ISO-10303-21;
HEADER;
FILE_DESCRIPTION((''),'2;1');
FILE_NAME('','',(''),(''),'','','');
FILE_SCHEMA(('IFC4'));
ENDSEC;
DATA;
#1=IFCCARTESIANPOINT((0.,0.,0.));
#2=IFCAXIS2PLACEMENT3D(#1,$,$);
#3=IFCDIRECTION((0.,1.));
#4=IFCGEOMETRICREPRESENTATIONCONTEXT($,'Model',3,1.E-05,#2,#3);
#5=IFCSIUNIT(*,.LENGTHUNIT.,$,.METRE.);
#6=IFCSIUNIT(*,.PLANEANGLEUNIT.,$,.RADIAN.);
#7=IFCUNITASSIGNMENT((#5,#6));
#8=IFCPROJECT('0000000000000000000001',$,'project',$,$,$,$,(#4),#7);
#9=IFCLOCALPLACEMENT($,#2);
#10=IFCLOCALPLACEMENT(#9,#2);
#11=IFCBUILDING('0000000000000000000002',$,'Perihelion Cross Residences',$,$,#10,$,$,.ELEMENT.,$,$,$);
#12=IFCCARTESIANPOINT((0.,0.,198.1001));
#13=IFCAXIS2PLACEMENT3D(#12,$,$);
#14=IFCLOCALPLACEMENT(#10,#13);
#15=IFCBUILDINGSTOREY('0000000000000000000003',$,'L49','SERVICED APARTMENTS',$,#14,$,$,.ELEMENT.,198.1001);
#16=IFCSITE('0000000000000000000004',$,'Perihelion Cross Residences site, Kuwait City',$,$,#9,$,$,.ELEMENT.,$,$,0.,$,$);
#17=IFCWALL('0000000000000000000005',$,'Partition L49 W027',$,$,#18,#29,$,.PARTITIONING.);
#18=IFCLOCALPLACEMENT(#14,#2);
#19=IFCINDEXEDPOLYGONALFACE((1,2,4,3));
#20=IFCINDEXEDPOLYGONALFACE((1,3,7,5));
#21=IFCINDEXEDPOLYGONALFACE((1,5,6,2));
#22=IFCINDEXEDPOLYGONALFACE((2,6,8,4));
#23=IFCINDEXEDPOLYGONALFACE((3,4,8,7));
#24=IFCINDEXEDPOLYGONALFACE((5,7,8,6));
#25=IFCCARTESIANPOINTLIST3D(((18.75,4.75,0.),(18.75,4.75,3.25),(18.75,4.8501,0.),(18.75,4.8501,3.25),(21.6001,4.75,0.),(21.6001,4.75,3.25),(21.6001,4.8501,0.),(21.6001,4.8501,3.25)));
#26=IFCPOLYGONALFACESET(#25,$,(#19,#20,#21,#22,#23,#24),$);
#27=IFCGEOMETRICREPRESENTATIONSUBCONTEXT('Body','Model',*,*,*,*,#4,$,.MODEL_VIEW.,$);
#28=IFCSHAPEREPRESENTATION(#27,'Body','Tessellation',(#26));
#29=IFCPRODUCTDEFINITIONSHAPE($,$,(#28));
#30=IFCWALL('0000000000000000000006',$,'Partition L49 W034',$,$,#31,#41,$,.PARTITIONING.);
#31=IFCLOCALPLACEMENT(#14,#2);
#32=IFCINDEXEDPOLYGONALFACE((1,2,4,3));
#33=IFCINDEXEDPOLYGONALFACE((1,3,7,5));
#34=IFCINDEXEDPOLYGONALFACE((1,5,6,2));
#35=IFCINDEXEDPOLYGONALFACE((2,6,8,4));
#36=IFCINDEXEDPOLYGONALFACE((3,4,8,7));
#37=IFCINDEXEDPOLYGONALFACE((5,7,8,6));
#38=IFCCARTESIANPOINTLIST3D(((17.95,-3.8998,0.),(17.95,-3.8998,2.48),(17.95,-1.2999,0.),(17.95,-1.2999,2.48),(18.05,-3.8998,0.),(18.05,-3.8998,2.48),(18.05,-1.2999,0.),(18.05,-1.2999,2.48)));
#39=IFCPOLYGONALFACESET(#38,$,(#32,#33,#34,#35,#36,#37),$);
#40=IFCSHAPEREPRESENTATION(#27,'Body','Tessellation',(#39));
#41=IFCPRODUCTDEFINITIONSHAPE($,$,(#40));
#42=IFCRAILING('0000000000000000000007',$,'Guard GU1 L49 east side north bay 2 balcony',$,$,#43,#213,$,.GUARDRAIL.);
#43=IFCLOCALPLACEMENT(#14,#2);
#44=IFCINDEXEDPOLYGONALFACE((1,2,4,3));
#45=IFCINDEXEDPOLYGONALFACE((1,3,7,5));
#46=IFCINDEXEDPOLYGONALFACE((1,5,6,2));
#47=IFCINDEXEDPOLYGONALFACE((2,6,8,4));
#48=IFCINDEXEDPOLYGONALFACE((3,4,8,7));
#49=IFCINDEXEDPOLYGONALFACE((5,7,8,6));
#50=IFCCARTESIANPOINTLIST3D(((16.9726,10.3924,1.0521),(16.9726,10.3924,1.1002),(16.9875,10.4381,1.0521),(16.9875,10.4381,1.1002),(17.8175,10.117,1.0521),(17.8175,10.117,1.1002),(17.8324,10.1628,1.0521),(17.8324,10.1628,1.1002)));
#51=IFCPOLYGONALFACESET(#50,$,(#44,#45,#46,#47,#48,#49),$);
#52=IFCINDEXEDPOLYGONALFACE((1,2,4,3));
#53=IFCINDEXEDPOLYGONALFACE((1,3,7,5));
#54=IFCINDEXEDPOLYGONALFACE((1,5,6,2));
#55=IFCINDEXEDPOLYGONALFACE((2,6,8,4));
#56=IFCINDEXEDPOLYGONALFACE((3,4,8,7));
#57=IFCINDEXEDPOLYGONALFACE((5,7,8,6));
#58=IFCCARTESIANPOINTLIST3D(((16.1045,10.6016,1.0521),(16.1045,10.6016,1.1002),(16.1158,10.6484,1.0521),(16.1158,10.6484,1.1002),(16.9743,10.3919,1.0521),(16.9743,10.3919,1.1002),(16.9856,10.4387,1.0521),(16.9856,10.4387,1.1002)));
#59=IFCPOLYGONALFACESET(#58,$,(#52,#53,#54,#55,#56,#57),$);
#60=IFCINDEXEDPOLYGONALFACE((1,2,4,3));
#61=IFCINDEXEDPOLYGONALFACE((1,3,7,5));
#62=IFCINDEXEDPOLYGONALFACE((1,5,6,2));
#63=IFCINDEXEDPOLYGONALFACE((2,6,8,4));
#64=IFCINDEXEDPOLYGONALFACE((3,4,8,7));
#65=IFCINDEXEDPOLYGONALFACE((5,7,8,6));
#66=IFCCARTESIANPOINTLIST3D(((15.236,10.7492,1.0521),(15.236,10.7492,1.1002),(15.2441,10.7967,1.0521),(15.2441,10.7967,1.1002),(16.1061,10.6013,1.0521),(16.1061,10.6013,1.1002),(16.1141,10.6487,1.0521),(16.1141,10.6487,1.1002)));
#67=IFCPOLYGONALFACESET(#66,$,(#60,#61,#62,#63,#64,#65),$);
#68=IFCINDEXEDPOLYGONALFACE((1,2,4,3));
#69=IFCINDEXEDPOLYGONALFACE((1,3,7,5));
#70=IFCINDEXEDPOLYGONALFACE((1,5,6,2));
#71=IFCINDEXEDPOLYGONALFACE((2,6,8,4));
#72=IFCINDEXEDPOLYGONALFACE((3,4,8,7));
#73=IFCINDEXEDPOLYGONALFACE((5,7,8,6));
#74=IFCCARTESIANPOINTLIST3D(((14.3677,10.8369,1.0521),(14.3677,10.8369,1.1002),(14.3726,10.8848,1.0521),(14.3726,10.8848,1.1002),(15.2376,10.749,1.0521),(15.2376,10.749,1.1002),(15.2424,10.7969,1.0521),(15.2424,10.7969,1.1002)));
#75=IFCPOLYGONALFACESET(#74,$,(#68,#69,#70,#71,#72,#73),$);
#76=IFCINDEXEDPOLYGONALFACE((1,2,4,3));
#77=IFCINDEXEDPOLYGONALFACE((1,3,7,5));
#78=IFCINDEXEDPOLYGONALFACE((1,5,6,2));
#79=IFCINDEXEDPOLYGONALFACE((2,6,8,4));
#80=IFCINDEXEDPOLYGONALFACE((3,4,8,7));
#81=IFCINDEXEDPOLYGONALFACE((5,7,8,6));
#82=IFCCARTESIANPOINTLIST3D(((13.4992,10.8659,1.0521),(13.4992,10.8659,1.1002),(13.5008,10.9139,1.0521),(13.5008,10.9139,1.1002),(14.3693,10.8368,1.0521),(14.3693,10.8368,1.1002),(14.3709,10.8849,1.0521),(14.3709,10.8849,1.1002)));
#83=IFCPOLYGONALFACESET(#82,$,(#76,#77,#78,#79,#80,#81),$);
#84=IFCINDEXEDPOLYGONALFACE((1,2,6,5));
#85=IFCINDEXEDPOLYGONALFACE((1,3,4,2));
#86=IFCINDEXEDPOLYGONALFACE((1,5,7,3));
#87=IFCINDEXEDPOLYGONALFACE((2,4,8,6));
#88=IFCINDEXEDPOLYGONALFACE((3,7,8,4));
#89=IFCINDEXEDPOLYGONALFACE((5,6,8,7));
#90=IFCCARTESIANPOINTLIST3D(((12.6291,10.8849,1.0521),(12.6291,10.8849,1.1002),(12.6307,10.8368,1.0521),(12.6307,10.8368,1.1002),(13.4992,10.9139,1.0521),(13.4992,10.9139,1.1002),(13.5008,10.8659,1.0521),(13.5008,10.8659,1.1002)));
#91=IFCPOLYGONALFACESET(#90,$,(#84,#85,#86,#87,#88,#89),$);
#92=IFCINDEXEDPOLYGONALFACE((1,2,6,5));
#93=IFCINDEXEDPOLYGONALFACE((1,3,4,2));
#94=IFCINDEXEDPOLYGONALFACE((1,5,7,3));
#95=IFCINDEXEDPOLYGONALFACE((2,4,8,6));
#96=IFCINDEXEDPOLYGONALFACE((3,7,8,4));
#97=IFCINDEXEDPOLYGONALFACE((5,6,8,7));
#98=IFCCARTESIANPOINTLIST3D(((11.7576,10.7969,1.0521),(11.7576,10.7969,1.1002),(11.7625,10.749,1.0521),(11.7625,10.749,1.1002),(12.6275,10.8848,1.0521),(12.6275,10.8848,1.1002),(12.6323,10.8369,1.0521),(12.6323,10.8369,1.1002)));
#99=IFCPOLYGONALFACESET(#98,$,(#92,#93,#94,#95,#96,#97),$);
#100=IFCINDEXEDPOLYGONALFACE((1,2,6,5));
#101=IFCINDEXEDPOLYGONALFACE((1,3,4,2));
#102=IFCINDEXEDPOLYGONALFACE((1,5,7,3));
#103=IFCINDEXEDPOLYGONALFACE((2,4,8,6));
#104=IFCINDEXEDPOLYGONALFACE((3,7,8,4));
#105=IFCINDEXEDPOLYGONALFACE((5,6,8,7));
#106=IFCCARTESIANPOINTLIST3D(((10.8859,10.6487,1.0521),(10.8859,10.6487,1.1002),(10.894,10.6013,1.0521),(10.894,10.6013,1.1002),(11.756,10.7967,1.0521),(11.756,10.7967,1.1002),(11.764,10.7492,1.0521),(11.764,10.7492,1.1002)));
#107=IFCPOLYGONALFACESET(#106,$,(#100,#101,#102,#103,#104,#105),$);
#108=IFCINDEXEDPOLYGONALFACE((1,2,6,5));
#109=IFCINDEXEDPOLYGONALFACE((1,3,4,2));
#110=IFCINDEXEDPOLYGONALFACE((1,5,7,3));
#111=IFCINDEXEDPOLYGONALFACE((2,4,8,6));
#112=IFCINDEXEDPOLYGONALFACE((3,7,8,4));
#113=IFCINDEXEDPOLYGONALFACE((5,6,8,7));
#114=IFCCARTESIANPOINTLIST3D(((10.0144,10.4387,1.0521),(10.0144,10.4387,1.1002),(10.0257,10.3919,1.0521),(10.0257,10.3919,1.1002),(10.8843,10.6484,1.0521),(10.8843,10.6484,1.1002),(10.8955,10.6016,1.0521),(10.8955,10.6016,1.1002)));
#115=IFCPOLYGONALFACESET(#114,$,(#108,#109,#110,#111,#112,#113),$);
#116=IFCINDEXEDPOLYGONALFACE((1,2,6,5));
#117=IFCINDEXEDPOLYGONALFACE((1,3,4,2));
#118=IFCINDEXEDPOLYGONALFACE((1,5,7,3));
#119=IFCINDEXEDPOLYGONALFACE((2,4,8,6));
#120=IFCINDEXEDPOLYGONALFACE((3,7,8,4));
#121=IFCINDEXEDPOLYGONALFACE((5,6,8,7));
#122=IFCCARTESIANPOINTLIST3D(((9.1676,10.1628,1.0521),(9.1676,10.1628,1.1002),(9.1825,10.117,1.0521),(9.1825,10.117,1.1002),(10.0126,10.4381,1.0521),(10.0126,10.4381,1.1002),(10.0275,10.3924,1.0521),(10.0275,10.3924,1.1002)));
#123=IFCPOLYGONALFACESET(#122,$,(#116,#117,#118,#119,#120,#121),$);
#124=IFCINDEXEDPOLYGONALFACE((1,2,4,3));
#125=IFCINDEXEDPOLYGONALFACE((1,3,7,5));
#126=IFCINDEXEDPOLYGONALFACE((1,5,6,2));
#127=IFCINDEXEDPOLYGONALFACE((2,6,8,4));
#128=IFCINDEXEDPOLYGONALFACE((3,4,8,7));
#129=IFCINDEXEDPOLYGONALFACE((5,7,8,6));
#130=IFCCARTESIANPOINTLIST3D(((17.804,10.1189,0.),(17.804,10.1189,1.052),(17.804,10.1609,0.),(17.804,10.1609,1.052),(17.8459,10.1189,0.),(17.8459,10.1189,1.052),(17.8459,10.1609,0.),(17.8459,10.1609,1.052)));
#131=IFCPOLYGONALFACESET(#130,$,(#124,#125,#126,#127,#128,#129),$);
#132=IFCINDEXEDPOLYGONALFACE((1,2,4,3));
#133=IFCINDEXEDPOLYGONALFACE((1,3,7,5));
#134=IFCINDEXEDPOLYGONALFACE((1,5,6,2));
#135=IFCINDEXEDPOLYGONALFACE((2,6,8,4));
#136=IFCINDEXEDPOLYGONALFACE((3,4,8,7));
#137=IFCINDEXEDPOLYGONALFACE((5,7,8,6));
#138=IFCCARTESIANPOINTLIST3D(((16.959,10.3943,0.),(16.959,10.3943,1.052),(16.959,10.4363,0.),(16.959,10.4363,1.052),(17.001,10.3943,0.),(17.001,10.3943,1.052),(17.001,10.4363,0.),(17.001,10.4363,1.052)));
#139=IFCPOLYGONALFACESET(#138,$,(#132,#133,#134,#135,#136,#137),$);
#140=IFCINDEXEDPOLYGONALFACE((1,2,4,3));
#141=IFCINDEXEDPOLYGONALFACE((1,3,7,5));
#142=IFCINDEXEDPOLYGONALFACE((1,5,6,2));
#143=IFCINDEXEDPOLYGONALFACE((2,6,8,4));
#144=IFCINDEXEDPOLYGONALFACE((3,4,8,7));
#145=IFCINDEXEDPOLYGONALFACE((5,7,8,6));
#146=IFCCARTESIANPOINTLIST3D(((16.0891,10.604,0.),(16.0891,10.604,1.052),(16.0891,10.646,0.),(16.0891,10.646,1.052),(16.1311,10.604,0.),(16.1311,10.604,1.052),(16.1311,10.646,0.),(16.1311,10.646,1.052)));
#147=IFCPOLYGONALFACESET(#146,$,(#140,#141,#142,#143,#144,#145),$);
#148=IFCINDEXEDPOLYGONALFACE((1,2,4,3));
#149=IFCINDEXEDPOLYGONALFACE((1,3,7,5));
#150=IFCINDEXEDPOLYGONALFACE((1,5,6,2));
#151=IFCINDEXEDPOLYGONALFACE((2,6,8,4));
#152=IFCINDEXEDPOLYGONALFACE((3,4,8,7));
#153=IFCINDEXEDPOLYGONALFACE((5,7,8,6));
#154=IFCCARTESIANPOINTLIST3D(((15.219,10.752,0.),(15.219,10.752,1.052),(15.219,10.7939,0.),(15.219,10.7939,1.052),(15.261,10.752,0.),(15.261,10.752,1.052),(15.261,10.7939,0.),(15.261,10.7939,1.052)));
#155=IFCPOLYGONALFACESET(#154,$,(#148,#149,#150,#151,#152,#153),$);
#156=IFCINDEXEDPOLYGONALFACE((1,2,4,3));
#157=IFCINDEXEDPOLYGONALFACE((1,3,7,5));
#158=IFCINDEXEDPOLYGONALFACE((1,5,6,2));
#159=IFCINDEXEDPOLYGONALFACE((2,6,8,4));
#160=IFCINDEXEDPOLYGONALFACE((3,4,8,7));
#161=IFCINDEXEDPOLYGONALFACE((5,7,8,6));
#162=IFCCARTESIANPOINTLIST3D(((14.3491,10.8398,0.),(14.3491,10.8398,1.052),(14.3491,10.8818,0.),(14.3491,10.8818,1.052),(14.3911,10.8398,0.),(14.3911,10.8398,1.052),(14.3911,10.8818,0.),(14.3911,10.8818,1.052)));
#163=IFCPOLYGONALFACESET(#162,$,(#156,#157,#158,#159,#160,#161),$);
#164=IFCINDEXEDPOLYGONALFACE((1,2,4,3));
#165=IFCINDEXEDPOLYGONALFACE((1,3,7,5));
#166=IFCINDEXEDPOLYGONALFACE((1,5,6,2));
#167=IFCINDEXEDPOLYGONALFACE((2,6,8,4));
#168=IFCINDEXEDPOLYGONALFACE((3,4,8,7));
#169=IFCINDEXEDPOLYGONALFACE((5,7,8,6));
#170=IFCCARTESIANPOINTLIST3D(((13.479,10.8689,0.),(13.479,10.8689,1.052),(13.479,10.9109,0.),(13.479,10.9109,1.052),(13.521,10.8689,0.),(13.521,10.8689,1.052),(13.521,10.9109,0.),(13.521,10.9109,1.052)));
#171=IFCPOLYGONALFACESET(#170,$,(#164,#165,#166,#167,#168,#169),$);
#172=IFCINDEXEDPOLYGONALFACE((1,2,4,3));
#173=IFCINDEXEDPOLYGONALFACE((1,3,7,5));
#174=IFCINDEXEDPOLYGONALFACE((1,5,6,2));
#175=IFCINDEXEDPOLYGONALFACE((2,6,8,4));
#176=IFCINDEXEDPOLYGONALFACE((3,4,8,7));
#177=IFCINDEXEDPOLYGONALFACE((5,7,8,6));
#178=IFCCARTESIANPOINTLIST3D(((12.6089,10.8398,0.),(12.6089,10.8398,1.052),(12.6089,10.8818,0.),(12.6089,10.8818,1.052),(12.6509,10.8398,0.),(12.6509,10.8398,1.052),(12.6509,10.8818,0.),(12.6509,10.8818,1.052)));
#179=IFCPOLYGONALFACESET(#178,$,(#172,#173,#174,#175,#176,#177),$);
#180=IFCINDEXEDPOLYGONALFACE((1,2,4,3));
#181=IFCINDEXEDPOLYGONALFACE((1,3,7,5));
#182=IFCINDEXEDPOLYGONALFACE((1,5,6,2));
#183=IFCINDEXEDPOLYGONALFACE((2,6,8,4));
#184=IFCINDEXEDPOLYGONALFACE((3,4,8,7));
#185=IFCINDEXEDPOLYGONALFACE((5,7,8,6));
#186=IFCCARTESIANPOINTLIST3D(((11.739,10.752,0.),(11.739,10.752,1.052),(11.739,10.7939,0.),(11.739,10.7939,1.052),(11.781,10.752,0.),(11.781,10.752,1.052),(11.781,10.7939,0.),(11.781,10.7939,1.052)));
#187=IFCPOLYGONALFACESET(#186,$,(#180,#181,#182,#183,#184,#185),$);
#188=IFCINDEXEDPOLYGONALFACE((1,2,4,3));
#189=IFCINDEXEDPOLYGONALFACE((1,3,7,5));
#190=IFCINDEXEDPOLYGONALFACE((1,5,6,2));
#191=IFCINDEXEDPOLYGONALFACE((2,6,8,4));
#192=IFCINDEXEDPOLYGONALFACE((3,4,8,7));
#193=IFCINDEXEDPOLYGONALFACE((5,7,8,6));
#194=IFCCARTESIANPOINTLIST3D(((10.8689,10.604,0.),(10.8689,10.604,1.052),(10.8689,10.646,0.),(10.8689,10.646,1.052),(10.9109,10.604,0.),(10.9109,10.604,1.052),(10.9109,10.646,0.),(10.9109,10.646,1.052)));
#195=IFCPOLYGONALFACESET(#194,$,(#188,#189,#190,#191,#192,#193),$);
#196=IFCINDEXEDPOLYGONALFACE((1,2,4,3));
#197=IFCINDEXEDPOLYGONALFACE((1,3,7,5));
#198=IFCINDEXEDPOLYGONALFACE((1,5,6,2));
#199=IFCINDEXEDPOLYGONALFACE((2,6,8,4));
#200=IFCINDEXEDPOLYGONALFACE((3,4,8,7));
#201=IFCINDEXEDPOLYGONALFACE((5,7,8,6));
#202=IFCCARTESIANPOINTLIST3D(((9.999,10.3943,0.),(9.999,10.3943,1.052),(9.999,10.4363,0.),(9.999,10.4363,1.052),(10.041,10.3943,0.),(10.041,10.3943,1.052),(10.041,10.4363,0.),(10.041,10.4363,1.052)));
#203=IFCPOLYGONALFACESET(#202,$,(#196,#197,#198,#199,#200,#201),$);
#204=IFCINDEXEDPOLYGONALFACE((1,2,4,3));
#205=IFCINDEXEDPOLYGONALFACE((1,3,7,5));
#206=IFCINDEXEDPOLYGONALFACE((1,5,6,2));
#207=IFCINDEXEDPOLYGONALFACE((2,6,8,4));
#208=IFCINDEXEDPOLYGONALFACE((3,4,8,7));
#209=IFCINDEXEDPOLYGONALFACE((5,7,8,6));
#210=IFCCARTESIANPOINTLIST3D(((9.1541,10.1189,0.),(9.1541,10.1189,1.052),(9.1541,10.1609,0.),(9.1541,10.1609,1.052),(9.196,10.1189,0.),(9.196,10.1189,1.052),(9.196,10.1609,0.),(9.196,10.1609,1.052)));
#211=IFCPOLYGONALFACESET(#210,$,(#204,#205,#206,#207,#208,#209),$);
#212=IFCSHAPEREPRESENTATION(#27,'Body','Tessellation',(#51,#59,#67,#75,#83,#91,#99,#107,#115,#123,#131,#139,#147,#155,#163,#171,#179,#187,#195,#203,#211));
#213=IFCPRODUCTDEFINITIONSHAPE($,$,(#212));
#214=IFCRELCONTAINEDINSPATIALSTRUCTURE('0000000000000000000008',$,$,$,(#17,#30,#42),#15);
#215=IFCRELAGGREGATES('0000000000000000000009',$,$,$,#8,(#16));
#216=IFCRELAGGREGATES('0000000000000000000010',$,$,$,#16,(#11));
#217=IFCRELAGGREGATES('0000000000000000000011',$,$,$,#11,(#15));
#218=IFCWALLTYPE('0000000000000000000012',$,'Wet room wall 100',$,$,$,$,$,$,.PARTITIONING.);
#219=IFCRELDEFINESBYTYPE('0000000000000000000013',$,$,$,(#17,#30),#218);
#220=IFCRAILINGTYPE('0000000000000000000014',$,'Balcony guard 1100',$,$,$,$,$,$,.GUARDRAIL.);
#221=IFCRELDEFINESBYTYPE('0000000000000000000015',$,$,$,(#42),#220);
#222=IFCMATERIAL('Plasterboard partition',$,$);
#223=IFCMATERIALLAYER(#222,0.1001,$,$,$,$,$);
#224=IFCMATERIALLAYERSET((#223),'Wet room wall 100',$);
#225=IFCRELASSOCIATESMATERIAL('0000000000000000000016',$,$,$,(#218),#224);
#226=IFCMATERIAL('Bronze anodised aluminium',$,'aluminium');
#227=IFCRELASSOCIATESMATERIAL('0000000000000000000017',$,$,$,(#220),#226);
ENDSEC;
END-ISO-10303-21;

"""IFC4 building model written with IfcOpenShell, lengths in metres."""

from ifc_helpers import new_model, si_unit, direction, frame, frame_2d, origin, origin_2d, place, context, subcontext, project, spatial, rectangle, extrude, material, layer, layer_set, type_object, element, save


model = new_model("IFC4")

# Units and contexts
model_context = context("Model", 3, precision=1e-05, world=origin(), true_north=direction((0.0, 1.0)))
body_context = subcontext(model_context, "Body", "Model", "MODEL_VIEW")
ifc_project = project(units=[si_unit("LENGTHUNIT", "METRE"), si_unit("PLANEANGLEUNIT", "RADIAN")], contexts=[model_context])

# Site, building, storey
site_placement = place(None, origin())
site = spatial("IfcSite", under=ifc_project, at=site_placement, Name="Perihelion Cross Residences site, Kuwait City", CompositionType="ELEMENT", RefElevation=0.0)
building_placement = place(site_placement, origin())
building = spatial("IfcBuilding", under=site, at=building_placement, Name="Perihelion Cross Residences", CompositionType="ELEMENT")
storey_placement = place(building_placement, frame((0.0, 0.0, 198.1001)))
storey = spatial("IfcBuildingStorey", under=building, at=storey_placement, Name="L49", Description="SERVICED APARTMENTS", CompositionType="ELEMENT", Elevation=198.1001)

# Shared definitions
ifc_material_1 = material(Name="Plasterboard partition")
ifc_layer_1 = layer(ifc_material_1, 0.1001)
ifc_layer_set_1 = layer_set([ifc_layer_1], Name="Wet room wall 100")
wall_type_1 = type_object("IfcWallType", Name="Wet room wall 100", PredefinedType="PARTITIONING", material=ifc_layer_set_1)

# Walls
wall_1_placement = place(storey_placement, frame((18.75, 4.8, 0.0), z_axis=(0.0, 0.0, 1.0), x_axis=(1.0, 0.0, 0.0)))
element("IfcWall", 1, at=wall_1_placement, inside=storey, type_object=wall_type_1, Name="Partition L49 W027", PredefinedType="PARTITIONING", context=body_context, shape_type="SweptSolid", body=[
    extrude(rectangle(XDim=2.8501, YDim=0.1001, at=frame_2d((1.425, 0.0))), origin(), (0.0, 0.0, 1.0), 3.25),
])
wall_2_placement = place(storey_placement, frame((18.0, -1.3, 0.0), z_axis=(0.0, 0.0, 1.0), x_axis=(0.0, -1.0, 0.0)))
element("IfcWall", 2, at=wall_2_placement, inside=storey, type_object=wall_type_1, Name="Partition L49 W034", PredefinedType="PARTITIONING", context=body_context, shape_type="SweptSolid", body=[
    extrude(rectangle(XDim=2.5999, YDim=0.1001, at=frame_2d((1.2998, 0.0))), origin(), (0.0, 0.0, 1.0), 2.48),
])

# Railing
ifc_material_2 = material(Name="Bronze anodised aluminium", Category="aluminium")
railing_type = type_object("IfcRailingType", Name="Balcony guard 1100", PredefinedType="GUARDRAIL", material=ifc_material_2)
railing_placement = place(storey_placement, frame((17.825, 10.1399, 0.0)))
element("IfcRailing", 3, at=railing_placement, inside=storey, type_object=railing_type, Name="Guard GU1 L49 east side north bay 2 balcony", PredefinedType="GUARDRAIL", context=body_context, shape_type="SweptSolid", body=[
    extrude(rectangle(XDim=0.0481, YDim=0.0481, at=origin_2d()), frame((0.0, 0.0, 1.0762), z_axis=(-0.950777, 0.309875, 0.0), x_axis=(-0.309875, -0.950777, 0.0)), (0.0, 0.0, 1.0), 0.8887),
    extrude(rectangle(XDim=0.0481, YDim=0.0481, at=origin_2d()), frame((-0.845, 0.2754, 1.0762), z_axis=(-0.972147, 0.234374, 0.0), x_axis=(-0.234374, -0.972147, 0.0)), (0.0, 0.0, 1.0), 0.8948),
    extrude(rectangle(XDim=0.0481, YDim=0.0481, at=origin_2d()), frame((-1.7148, 0.4851, 1.0762), z_axis=(-0.98585, 0.167628, 0.0), x_axis=(-0.167628, -0.98585, 0.0)), (0.0, 0.0, 1.0), 0.8826),
    extrude(rectangle(XDim=0.0481, YDim=0.0481, at=origin_2d()), frame((-2.585, 0.6331, 1.0762), z_axis=(-0.994934, 0.100527, 0.0), x_axis=(-0.100527, -0.994934, 0.0)), (0.0, 0.0, 1.0), 0.8743),
    extrude(rectangle(XDim=0.0481, YDim=0.0481, at=origin_2d()), frame((-3.4548, 0.7209, 1.0762), z_axis=(-0.999443, 0.033371, 0.0), x_axis=(-0.033371, -0.999443, 0.0)), (0.0, 0.0, 1.0), 0.8706),
    extrude(rectangle(XDim=0.0481, YDim=0.0481, at=origin_2d()), frame((-4.325, 0.75, 1.0762), z_axis=(-0.999443, -0.033371, 0.0), x_axis=(0.033371, -0.999443, 0.0)), (0.0, 0.0, 1.0), 0.8706),
    extrude(rectangle(XDim=0.0481, YDim=0.0481, at=origin_2d()), frame((-5.1951, 0.7209, 1.0762), z_axis=(-0.994934, -0.100527, 0.0), x_axis=(0.100527, -0.994934, 0.0)), (0.0, 0.0, 1.0), 0.8743),
    extrude(rectangle(XDim=0.0481, YDim=0.0481, at=origin_2d()), frame((-6.0649, 0.6331, 1.0762), z_axis=(-0.98585, -0.167628, 0.0), x_axis=(0.167628, -0.98585, 0.0)), (0.0, 0.0, 1.0), 0.8826),
    extrude(rectangle(XDim=0.0481, YDim=0.0481, at=origin_2d()), frame((-6.9351, 0.4851, 1.0762), z_axis=(-0.972147, -0.234374, 0.0), x_axis=(0.234374, -0.972147, 0.0)), (0.0, 0.0, 1.0), 0.8948),
    extrude(rectangle(XDim=0.0481, YDim=0.0481, at=origin_2d()), frame((-7.8049, 0.2754, 1.0762), z_axis=(-0.950777, -0.309875, 0.0), x_axis=(0.309875, -0.950777, 0.0)), (0.0, 0.0, 1.0), 0.8887),
    extrude(rectangle(XDim=0.042, YDim=0.042, at=origin_2d()), origin(), (0.0, 0.0, 1.0), 1.052),
    extrude(rectangle(XDim=0.042, YDim=0.042, at=origin_2d()), frame((-0.845, 0.2754, 0.0)), (0.0, 0.0, 1.0), 1.052),
    extrude(rectangle(XDim=0.042, YDim=0.042, at=origin_2d()), frame((-1.7148, 0.4851, 0.0)), (0.0, 0.0, 1.0), 1.052),
    extrude(rectangle(XDim=0.042, YDim=0.042, at=origin_2d()), frame((-2.585, 0.6331, 0.0)), (0.0, 0.0, 1.0), 1.052),
    extrude(rectangle(XDim=0.042, YDim=0.042, at=origin_2d()), frame((-3.4548, 0.7209, 0.0)), (0.0, 0.0, 1.0), 1.052),
    extrude(rectangle(XDim=0.042, YDim=0.042, at=origin_2d()), frame((-4.325, 0.75, 0.0)), (0.0, 0.0, 1.0), 1.052),
    extrude(rectangle(XDim=0.042, YDim=0.042, at=origin_2d()), frame((-5.1951, 0.7209, 0.0)), (0.0, 0.0, 1.0), 1.052),
    extrude(rectangle(XDim=0.042, YDim=0.042, at=origin_2d()), frame((-6.0649, 0.6331, 0.0)), (0.0, 0.0, 1.0), 1.052),
    extrude(rectangle(XDim=0.042, YDim=0.042, at=origin_2d()), frame((-6.9351, 0.4851, 0.0)), (0.0, 0.0, 1.0), 1.052),
    extrude(rectangle(XDim=0.042, YDim=0.042, at=origin_2d()), frame((-7.8049, 0.2754, 0.0)), (0.0, 0.0, 1.0), 1.052),
    extrude(rectangle(XDim=0.042, YDim=0.042, at=origin_2d()), frame((-8.6499, 0.0, 0.0)), (0.0, 0.0, 1.0), 1.052),
])

save(model, "model.ifc")
